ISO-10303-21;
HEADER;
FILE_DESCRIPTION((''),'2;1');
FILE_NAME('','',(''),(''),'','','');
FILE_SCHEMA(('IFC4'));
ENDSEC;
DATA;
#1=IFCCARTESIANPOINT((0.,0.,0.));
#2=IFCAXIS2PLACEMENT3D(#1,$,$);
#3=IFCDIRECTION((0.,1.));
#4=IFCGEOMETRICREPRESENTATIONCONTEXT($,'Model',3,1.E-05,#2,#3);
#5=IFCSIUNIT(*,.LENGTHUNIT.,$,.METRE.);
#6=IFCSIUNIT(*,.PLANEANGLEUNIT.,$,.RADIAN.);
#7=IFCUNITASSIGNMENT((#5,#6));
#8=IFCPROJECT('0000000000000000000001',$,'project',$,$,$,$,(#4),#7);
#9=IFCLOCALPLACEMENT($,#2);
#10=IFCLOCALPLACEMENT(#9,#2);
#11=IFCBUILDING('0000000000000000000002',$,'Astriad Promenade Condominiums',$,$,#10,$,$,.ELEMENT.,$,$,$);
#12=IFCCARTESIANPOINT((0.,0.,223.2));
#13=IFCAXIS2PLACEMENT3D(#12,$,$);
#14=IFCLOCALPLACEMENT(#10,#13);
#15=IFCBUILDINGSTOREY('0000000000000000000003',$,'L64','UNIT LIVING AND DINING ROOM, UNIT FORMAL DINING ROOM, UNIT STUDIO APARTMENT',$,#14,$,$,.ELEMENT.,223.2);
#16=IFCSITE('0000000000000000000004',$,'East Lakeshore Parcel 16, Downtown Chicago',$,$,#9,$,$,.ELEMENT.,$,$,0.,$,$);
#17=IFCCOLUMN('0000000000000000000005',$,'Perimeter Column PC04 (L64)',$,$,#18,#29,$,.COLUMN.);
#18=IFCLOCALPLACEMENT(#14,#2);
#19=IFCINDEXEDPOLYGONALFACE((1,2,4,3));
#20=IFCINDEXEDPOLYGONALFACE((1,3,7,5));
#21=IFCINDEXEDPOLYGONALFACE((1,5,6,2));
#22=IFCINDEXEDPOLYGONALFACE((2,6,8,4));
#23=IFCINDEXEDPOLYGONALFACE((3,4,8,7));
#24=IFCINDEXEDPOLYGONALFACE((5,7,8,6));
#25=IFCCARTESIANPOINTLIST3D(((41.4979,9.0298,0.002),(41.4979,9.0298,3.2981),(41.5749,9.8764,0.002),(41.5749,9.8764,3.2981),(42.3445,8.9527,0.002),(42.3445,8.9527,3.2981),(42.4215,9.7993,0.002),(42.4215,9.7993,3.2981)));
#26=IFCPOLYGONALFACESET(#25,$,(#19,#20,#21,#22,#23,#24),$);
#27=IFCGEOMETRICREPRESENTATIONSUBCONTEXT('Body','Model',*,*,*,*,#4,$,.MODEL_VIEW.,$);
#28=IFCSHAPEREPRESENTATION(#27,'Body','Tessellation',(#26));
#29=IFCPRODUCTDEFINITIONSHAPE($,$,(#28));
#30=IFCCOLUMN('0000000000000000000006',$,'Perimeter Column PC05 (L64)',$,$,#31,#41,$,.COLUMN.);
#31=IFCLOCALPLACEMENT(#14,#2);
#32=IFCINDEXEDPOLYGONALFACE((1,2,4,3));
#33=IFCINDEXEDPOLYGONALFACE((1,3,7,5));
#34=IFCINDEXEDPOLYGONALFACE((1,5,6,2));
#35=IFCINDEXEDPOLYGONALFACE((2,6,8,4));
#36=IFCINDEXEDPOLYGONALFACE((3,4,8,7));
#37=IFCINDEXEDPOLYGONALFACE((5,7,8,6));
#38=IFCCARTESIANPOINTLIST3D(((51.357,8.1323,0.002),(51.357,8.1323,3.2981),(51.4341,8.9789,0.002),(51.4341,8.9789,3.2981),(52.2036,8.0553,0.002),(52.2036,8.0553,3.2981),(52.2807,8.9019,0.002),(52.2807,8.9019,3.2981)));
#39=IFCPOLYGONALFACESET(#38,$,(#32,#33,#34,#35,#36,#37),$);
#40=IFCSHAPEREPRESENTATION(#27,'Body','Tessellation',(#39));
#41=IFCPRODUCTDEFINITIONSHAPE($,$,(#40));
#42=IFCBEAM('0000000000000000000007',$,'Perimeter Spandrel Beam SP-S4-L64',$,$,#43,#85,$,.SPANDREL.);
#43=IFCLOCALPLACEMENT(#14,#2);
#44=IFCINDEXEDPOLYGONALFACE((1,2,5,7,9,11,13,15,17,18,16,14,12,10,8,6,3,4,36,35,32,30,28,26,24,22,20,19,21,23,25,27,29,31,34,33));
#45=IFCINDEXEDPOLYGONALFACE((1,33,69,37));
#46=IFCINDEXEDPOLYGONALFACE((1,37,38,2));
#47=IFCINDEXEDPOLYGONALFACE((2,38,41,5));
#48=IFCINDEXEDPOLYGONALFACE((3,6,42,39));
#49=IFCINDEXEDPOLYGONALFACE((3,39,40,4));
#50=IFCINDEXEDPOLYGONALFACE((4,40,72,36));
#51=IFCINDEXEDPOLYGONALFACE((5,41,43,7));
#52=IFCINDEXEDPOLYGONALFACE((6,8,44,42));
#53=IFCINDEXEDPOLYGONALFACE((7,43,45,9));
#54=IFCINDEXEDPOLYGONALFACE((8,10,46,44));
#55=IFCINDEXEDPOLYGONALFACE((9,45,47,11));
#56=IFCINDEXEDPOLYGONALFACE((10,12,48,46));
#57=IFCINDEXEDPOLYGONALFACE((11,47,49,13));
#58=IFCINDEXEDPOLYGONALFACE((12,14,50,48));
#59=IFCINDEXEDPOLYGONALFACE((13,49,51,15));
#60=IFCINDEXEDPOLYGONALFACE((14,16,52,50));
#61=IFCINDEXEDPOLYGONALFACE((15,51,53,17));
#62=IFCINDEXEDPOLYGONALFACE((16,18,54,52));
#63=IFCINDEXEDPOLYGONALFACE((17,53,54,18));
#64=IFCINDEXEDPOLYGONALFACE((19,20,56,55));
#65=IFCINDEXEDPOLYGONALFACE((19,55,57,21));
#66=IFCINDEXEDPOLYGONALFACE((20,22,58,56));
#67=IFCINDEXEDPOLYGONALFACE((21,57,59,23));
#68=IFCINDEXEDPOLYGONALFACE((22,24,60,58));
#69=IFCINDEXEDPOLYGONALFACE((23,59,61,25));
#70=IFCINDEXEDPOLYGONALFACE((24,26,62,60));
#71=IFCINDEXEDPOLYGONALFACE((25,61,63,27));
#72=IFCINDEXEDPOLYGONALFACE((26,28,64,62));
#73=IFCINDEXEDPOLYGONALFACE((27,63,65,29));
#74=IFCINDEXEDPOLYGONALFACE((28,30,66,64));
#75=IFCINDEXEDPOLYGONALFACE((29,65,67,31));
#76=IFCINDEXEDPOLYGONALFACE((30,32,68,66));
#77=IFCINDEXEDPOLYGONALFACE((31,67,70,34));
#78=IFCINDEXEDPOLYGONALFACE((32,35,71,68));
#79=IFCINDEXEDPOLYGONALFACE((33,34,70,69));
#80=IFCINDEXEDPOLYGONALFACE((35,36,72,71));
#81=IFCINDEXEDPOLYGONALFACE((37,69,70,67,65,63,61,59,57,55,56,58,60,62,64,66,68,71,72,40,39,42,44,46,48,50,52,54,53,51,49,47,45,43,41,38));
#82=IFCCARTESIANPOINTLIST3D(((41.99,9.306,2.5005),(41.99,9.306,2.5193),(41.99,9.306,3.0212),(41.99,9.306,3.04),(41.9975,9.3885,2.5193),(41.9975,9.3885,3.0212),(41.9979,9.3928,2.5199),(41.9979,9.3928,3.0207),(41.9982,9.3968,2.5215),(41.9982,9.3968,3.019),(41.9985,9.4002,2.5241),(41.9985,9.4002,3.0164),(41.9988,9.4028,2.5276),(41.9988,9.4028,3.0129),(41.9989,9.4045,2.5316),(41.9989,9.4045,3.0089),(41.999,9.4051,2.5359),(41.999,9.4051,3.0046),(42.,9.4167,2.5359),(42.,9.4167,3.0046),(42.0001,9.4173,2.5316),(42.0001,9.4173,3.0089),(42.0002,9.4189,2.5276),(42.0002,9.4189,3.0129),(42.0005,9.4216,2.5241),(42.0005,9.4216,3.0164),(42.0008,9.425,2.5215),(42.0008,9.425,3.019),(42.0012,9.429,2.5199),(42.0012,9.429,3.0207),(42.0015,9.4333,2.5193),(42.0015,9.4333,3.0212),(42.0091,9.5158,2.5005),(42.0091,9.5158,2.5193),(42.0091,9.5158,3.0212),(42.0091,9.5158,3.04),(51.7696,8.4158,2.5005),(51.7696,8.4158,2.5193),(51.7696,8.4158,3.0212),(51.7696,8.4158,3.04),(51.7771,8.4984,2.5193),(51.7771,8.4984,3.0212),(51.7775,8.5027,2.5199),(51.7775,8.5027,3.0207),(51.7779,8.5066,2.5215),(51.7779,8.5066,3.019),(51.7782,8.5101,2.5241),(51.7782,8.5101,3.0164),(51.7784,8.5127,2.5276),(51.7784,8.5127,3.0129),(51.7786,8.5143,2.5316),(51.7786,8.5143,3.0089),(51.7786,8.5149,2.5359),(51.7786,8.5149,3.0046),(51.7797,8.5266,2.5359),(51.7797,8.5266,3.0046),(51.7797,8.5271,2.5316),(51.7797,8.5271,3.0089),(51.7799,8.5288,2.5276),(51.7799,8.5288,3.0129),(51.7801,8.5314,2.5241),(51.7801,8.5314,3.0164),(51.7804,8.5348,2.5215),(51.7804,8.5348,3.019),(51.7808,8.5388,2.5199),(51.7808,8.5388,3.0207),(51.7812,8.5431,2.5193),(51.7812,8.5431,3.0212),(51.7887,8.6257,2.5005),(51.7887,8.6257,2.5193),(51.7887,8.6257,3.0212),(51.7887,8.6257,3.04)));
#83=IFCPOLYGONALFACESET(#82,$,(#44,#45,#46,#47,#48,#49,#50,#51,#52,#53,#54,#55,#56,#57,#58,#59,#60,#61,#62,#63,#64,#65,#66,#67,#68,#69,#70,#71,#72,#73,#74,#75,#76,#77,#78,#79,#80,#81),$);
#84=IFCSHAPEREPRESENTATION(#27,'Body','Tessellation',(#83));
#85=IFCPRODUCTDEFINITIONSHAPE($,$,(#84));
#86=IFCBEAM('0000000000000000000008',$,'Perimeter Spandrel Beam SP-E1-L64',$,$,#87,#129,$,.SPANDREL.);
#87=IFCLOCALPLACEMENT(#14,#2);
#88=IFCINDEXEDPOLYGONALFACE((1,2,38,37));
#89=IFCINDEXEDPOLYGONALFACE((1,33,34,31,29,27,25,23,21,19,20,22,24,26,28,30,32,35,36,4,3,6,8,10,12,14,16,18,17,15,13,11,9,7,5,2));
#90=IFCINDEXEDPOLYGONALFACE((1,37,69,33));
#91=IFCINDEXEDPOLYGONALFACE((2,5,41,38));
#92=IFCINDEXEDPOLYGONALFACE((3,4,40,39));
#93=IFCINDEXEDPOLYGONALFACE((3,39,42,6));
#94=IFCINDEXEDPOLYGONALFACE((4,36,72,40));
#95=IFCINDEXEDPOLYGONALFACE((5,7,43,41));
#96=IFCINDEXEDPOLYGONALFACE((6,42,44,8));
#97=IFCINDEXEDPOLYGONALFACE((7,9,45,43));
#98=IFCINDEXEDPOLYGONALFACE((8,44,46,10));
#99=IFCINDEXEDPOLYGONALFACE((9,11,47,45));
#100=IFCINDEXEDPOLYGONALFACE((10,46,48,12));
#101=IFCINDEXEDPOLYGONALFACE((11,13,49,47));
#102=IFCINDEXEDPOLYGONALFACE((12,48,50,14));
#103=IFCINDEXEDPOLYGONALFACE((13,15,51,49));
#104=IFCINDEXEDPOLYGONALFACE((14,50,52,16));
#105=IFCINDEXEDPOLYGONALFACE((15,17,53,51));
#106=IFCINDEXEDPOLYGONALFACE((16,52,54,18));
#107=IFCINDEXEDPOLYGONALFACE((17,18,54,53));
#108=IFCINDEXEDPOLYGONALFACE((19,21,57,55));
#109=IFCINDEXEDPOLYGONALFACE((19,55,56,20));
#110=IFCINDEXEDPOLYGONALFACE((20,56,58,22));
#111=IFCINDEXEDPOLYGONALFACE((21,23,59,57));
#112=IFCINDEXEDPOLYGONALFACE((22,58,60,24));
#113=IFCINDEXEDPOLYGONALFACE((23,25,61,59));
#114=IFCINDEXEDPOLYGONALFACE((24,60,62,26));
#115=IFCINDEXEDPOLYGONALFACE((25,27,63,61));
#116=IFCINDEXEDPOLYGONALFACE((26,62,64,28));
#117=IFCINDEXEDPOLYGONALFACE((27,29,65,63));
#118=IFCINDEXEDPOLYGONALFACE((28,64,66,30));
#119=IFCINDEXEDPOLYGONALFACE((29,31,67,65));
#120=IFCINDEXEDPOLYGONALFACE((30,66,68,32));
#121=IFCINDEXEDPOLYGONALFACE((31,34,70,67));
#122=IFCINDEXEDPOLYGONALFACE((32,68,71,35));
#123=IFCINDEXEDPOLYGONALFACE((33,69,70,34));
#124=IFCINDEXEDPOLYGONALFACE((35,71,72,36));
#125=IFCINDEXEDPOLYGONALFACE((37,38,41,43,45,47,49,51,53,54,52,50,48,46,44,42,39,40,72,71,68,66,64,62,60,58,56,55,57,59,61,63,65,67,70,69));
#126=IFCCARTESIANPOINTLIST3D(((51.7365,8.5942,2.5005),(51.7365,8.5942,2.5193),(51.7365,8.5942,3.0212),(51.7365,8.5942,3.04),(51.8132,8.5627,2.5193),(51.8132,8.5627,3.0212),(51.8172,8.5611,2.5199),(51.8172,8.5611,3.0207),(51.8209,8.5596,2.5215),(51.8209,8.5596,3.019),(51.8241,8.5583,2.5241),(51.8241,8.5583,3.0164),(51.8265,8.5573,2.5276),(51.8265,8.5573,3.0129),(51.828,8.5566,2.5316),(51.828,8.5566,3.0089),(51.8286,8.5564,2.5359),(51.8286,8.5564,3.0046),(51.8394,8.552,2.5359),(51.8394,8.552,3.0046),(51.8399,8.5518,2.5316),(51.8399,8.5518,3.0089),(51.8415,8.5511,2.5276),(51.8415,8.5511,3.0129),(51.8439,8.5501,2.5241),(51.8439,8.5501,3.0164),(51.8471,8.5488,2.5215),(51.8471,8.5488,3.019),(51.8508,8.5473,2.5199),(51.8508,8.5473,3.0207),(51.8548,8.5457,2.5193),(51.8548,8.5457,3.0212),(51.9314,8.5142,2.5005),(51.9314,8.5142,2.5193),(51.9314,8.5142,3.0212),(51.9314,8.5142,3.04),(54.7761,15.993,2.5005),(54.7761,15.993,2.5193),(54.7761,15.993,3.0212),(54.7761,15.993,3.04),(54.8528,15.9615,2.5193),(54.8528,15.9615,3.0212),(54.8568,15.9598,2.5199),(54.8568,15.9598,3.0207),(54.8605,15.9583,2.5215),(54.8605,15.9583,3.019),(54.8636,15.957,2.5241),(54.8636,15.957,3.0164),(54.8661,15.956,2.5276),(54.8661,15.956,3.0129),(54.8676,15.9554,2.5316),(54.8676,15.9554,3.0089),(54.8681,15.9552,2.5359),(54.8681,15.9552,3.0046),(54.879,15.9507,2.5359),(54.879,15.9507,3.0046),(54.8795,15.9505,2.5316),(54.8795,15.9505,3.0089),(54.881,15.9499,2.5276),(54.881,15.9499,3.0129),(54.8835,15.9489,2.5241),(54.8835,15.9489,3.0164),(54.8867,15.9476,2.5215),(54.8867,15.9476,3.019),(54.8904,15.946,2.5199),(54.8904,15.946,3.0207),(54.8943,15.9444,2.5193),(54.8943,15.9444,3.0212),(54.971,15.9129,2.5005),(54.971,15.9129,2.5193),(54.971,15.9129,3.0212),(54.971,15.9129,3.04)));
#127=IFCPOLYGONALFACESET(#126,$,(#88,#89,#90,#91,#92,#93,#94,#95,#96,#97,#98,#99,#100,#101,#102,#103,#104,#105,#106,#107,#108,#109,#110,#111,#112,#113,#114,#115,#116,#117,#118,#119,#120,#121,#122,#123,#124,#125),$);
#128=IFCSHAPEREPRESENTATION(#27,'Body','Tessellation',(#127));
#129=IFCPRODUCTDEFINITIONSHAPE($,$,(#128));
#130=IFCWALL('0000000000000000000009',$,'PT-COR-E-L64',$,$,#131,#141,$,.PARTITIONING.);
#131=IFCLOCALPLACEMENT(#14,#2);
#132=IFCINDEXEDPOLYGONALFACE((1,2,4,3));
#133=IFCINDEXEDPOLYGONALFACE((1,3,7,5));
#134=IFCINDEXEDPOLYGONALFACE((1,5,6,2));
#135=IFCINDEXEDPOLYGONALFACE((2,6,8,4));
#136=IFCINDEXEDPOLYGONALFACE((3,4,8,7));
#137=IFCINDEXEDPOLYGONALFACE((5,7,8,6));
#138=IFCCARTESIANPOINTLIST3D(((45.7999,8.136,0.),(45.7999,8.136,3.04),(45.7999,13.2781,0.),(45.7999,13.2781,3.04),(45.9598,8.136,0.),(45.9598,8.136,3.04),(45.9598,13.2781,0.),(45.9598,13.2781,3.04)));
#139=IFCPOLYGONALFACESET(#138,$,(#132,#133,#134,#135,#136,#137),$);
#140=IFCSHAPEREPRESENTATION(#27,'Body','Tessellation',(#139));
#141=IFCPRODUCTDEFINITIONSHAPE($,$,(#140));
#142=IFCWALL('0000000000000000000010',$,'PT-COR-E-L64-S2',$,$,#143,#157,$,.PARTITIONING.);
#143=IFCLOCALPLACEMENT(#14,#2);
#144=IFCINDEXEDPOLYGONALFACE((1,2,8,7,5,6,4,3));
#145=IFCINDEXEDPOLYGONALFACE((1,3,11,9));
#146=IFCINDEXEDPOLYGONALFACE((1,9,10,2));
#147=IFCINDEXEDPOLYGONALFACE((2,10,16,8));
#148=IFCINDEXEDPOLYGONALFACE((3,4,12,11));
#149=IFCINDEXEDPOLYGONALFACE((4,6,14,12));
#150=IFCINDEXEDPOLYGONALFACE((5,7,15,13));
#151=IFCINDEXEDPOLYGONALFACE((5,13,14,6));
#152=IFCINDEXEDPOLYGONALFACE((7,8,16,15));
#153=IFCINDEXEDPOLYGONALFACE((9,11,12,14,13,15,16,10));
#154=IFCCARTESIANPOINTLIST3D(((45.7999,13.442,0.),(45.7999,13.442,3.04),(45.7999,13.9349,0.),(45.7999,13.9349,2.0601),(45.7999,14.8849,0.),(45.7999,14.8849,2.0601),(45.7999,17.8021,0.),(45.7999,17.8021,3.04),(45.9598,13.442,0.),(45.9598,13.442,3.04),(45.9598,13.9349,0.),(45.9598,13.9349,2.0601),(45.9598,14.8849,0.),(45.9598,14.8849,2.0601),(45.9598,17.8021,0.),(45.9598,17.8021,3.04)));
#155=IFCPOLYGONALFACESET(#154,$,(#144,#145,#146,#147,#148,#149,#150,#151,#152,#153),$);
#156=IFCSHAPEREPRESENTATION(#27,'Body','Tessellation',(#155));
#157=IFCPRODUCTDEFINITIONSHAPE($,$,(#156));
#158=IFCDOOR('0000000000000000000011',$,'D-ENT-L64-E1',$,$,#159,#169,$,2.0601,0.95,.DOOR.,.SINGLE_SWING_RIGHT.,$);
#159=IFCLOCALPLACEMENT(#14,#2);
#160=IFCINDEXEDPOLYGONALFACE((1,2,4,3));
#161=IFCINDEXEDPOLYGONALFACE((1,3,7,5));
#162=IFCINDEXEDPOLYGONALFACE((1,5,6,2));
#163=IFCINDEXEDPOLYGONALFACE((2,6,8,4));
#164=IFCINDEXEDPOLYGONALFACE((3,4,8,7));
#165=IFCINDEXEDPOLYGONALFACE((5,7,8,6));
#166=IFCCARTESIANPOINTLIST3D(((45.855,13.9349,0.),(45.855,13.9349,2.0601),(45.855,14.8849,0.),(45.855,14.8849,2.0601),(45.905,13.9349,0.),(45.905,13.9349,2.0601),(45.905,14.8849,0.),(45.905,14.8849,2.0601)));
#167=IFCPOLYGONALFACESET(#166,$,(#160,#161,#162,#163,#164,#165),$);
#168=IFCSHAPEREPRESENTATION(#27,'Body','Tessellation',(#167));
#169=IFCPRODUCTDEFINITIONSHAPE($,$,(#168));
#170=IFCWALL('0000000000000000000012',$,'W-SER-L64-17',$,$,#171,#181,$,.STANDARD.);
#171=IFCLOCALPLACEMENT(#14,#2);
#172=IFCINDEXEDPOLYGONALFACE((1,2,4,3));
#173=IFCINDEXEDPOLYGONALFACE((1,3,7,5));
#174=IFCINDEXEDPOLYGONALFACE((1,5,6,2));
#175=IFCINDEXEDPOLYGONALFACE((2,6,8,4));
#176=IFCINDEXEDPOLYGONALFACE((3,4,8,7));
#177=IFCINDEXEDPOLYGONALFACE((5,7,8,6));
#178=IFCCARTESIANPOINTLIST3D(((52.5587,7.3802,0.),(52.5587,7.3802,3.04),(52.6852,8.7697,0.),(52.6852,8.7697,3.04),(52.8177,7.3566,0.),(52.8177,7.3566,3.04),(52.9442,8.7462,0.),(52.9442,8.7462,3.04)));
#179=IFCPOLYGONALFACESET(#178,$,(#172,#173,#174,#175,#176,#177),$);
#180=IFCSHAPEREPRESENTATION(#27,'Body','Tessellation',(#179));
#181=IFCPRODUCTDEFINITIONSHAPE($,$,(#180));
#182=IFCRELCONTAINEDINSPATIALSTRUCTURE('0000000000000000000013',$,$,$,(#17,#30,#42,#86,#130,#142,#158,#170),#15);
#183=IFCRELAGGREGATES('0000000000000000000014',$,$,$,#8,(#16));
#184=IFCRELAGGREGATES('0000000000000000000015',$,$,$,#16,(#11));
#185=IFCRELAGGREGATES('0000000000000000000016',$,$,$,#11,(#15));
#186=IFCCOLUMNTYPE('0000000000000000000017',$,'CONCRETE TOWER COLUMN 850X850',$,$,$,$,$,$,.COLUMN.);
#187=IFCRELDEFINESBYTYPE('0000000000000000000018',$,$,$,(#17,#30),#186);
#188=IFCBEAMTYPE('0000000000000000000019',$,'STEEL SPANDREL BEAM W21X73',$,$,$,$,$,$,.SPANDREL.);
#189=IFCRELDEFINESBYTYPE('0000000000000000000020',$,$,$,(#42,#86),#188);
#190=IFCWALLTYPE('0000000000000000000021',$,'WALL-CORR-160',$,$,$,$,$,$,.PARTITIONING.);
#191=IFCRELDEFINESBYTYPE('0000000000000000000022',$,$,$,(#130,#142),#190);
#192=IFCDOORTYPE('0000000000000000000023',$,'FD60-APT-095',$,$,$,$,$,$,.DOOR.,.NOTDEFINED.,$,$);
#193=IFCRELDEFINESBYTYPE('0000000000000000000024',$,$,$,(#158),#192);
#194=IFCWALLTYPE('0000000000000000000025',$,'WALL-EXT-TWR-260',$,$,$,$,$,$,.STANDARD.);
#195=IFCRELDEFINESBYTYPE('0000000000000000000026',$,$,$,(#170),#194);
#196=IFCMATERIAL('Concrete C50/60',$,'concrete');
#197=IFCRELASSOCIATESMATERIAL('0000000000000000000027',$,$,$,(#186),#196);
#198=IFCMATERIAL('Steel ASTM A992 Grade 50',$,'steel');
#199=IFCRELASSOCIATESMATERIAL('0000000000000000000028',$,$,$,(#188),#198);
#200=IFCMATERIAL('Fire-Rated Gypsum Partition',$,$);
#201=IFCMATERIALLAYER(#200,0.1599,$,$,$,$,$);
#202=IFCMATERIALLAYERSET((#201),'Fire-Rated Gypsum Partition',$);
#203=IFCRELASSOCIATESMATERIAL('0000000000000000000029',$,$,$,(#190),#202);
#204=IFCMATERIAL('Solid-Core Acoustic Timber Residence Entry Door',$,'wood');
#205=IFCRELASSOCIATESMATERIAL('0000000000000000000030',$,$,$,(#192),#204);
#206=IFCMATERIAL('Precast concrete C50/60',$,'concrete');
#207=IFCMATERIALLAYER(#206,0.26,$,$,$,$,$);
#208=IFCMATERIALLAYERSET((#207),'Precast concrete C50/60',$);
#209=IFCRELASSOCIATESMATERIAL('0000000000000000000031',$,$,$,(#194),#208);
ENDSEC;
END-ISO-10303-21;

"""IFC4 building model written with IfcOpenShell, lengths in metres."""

from ifc_helpers import new_model, si_unit, direction, frame, frame_2d, origin, origin_2d, place, context, subcontext, project, spatial, rectangle, i_section, extrude, source, transform, mapped, material, layer, layer_set, material_profile, profile_set, type_object, type_shapes, element, fill, save


model = new_model("IFC4")

# Units and contexts
model_context = context("Model", 3, precision=1e-05, world=origin(), true_north=direction((0.0, 1.0)))
body_context = subcontext(model_context, "Body", "Model", "MODEL_VIEW")
ifc_project = project(units=[si_unit("LENGTHUNIT", "METRE"), si_unit("PLANEANGLEUNIT", "RADIAN")], contexts=[model_context])

# Site, building, storey
site_placement = place(None, origin())
site = spatial("IfcSite", under=ifc_project, at=site_placement, Name="East Lakeshore Parcel 16, Downtown Chicago", CompositionType="ELEMENT", RefElevation=0.0)
building_placement = place(site_placement, origin())
building = spatial("IfcBuilding", under=site, at=building_placement, Name="Astriad Promenade Condominiums", CompositionType="ELEMENT")
storey_placement = place(building_placement, frame((0.0, 0.0, 223.2)))
storey = spatial("IfcBuildingStorey", under=building, at=storey_placement, Name="L64", Description="UNIT LIVING AND DINING ROOM, UNIT FORMAL DINING ROOM, UNIT STUDIO APARTMENT", CompositionType="ELEMENT", Elevation=223.2)

# Columns
ifc_material_1 = material(Name="Concrete C50/60", Category="concrete")
ifc_material_profile_1 = material_profile(ifc_material_1, rectangle(XDim=0.8501, YDim=0.8501, at=origin_2d()), Name="RC-COL-850X850")
ifc_profile_set_1 = profile_set([ifc_material_profile_1], Name="Concrete C50/60")
column_type = type_object("IfcColumnType", Name="CONCRETE TOWER COLUMN 850X850", PredefinedType="COLUMN", material=ifc_profile_set_1)
shared_shape_1 = source(origin(), body_context, "Body", "SweptSolid", [
    extrude(rectangle(XDim=0.8501, YDim=0.8501, at=origin_2d()), origin(), (0.0, 0.0, 1.0), 3.2961),
])
type_shapes(column_type, [shared_shape_1])
for number, where, z_axis, x_axis, name in (
    (1, (41.9597, 9.4146, 0.002), (0.0, 0.0, 1.0), (0.995884, -0.090633, 0.0), "Perimeter Column PC04 (L64)"),
    (2, (51.8188, 8.5171, 0.002), (0.0, 0.0, 1.0), (0.995884, -0.090633, 0.0), "Perimeter Column PC05 (L64)"),
):
    element("IfcColumn", number, at=place(storey_placement, frame(where, z_axis=z_axis, x_axis=x_axis)), inside=storey, type_object=column_type, Name=name, PredefinedType="COLUMN", context=body_context, shape_type="MappedRepresentation", body=[
        mapped(shared_shape_1, transform((0.0, 0.0, 0.0), scale=1.0)),
    ])

# Beams
ifc_material_2 = material(Name="Steel ASTM A992 Grade 50", Category="steel")
ifc_material_profile_2 = material_profile(ifc_material_2, i_section(OverallWidth=0.2107, OverallDepth=0.5396, WebThickness=0.0117, FlangeThickness=0.0188, FilletRadius=0.0166, at=origin_2d()), Name="W21X73")
ifc_profile_set_2 = profile_set([ifc_material_profile_2], Name="Steel ASTM A992 Grade 50")
beam_type = type_object("IfcBeamType", Name="STEEL SPANDREL BEAM W21X73", PredefinedType="SPANDREL", material=ifc_profile_set_2)
shared_shape_2 = source(origin(), body_context, "Body", "SweptSolid", [
    extrude(i_section(OverallWidth=0.2107, OverallDepth=0.5396, WebThickness=0.0117, FlangeThickness=0.0188, FilletRadius=0.0166, at=origin_2d()), origin(), (0.0, 0.0, 1.0), 9.8201),
])
beam_1_placement = place(storey_placement, frame((41.9995, 9.4109, 2.7703), z_axis=(0.995883, -0.090646, 0.0), x_axis=(0.090646, 0.995883, 0.0)))
element("IfcBeam", 3, at=beam_1_placement, inside=storey, type_object=beam_type, Name="Perimeter Spandrel Beam SP-S4-L64", PredefinedType="SPANDREL", context=body_context, shape_type="MappedRepresentation", body=[
    mapped(shared_shape_2, transform((0.0, 0.0, 0.0), scale=1.0)),
])
shared_shape_3 = source(origin(), body_context, "Body", "SweptSolid", [
    extrude(i_section(OverallWidth=0.2107, OverallDepth=0.5396, WebThickness=0.0117, FlangeThickness=0.0188, FilletRadius=0.0166, at=origin_2d()), origin(), (0.0, 0.0, 1.0), 7.9988),
])
type_shapes(beam_type, [shared_shape_2, shared_shape_3])
beam_2_placement = place(storey_placement, frame((51.834, 8.5542, 2.7703), z_axis=(0.380005, 0.924984, 0.0), x_axis=(-0.924984, 0.380005, 0.0)))
element("IfcBeam", 4, at=beam_2_placement, inside=storey, type_object=beam_type, Name="Perimeter Spandrel Beam SP-E1-L64", PredefinedType="SPANDREL", context=body_context, shape_type="MappedRepresentation", body=[
    mapped(shared_shape_3, transform((0.0, 0.0, 0.0), scale=1.0)),
])

# Wall
ifc_material_3 = material(Name="Fire-Rated Gypsum Partition")
ifc_layer_1 = layer(ifc_material_3, 0.1599)
ifc_layer_set_1 = layer_set([ifc_layer_1], Name="Fire-Rated Gypsum Partition")
wall_type_1 = type_object("IfcWallType", Name="WALL-CORR-160", PredefinedType="PARTITIONING", material=ifc_layer_set_1)
wall_1_placement = place(storey_placement, frame((45.8799, 8.136, 0.0), z_axis=(0.0, 0.0, 1.0), x_axis=(0.0, 1.0, 0.0)))
element("IfcWall", 5, at=wall_1_placement, inside=storey, type_object=wall_type_1, Name="PT-COR-E-L64", PredefinedType="PARTITIONING", context=body_context, shape_type="SweptSolid", body=[
    extrude(rectangle(XDim=5.1421, YDim=0.1599, at=frame_2d((2.571, 0.0))), origin(), (0.0, 0.0, 1.0), 3.04),
])

# Wall, opening, door
wall_2_placement = place(storey_placement, frame((45.8799, 13.4419, 0.0), z_axis=(0.0, 0.0, 1.0), x_axis=(0.0, 1.0, 0.0)))
wall_2 = element("IfcWall", 6, at=wall_2_placement, inside=storey, type_object=wall_type_1, Name="PT-COR-E-L64-S2", PredefinedType="PARTITIONING", context=body_context, shape_type="SweptSolid", body=[
    extrude(rectangle(XDim=4.3601, YDim=0.1599, at=frame_2d((2.1802, 0.0))), origin(), (0.0, 0.0, 1.0), 3.04),
])
opening_1_placement = place(wall_2_placement, frame((0.4929, 0.0, 0.0)))
opening_1 = element("IfcOpeningElement", 7, at=opening_1_placement, cuts=wall_2, PredefinedType="OPENING", context=body_context, shape_type="SweptSolid", body=[
    extrude(rectangle(XDim=0.95, YDim=2.0601, at=frame_2d((0.4751, 1.03))), frame((0.0, 0.0898, 0.0), z_axis=(0.0, -1.0, 0.0), x_axis=(1.0, 0.0, 0.0)), (0.0, 0.0, 1.0), 0.1799),
])
ifc_material_4 = material(Name="Solid-Core Acoustic Timber Residence Entry Door", Category="wood")
door_type_1 = type_object("IfcDoorType", Name="FD60-APT-095", OperationType="NOTDEFINED", PredefinedType="DOOR", material=ifc_material_4)
shared_shape_4 = source(origin(), body_context, "Body", "SweptSolid", [
    extrude(rectangle(XDim=0.95, YDim=2.0601, at=frame_2d((0.4751, 1.03))), frame((0.0, 0.0249, 0.0), z_axis=(0.0, -1.0, 0.0), x_axis=(1.0, 0.0, 0.0)), (0.0, 0.0, 1.0), 0.05),
])
type_shapes(door_type_1, [shared_shape_4])
door_1_placement = place(opening_1_placement, origin())
door_1 = element("IfcDoor", 8, at=door_1_placement, inside=storey, type_object=door_type_1, Name="D-ENT-L64-E1", OperationType="SINGLE_SWING_RIGHT", OverallHeight=2.0601, OverallWidth=0.95, PredefinedType="DOOR", context=body_context, shape_type="MappedRepresentation", body=[
    mapped(shared_shape_4, transform((0.0, 0.0, 0.0), scale=1.0)),
])
fill(opening_1, door_1)

# Wall
ifc_material_5 = material(Name="Precast concrete C50/60", Category="concrete")
ifc_layer_2 = layer(ifc_material_5, 0.26)
ifc_layer_set_2 = layer_set([ifc_layer_2], Name="Precast concrete C50/60")
wall_type_2 = type_object("IfcWallType", Name="WALL-EXT-TWR-260", PredefinedType="STANDARD", material=ifc_layer_set_2)
wall_3_placement = place(storey_placement, frame((52.8147, 8.7581, 0.0), z_axis=(0.0, 0.0, 1.0), x_axis=(-0.090646, -0.995883, 0.0)))
element("IfcWall", 9, at=wall_3_placement, inside=storey, type_object=wall_type_2, Name="W-SER-L64-17", PredefinedType="STANDARD", context=body_context, shape_type="SweptSolid", body=[
    extrude(rectangle(XDim=1.3953, YDim=0.26, at=frame_2d((0.6978, 0.0))), origin(), (0.0, 0.0, 1.0), 3.04),
])

save(model, "model.ifc")
